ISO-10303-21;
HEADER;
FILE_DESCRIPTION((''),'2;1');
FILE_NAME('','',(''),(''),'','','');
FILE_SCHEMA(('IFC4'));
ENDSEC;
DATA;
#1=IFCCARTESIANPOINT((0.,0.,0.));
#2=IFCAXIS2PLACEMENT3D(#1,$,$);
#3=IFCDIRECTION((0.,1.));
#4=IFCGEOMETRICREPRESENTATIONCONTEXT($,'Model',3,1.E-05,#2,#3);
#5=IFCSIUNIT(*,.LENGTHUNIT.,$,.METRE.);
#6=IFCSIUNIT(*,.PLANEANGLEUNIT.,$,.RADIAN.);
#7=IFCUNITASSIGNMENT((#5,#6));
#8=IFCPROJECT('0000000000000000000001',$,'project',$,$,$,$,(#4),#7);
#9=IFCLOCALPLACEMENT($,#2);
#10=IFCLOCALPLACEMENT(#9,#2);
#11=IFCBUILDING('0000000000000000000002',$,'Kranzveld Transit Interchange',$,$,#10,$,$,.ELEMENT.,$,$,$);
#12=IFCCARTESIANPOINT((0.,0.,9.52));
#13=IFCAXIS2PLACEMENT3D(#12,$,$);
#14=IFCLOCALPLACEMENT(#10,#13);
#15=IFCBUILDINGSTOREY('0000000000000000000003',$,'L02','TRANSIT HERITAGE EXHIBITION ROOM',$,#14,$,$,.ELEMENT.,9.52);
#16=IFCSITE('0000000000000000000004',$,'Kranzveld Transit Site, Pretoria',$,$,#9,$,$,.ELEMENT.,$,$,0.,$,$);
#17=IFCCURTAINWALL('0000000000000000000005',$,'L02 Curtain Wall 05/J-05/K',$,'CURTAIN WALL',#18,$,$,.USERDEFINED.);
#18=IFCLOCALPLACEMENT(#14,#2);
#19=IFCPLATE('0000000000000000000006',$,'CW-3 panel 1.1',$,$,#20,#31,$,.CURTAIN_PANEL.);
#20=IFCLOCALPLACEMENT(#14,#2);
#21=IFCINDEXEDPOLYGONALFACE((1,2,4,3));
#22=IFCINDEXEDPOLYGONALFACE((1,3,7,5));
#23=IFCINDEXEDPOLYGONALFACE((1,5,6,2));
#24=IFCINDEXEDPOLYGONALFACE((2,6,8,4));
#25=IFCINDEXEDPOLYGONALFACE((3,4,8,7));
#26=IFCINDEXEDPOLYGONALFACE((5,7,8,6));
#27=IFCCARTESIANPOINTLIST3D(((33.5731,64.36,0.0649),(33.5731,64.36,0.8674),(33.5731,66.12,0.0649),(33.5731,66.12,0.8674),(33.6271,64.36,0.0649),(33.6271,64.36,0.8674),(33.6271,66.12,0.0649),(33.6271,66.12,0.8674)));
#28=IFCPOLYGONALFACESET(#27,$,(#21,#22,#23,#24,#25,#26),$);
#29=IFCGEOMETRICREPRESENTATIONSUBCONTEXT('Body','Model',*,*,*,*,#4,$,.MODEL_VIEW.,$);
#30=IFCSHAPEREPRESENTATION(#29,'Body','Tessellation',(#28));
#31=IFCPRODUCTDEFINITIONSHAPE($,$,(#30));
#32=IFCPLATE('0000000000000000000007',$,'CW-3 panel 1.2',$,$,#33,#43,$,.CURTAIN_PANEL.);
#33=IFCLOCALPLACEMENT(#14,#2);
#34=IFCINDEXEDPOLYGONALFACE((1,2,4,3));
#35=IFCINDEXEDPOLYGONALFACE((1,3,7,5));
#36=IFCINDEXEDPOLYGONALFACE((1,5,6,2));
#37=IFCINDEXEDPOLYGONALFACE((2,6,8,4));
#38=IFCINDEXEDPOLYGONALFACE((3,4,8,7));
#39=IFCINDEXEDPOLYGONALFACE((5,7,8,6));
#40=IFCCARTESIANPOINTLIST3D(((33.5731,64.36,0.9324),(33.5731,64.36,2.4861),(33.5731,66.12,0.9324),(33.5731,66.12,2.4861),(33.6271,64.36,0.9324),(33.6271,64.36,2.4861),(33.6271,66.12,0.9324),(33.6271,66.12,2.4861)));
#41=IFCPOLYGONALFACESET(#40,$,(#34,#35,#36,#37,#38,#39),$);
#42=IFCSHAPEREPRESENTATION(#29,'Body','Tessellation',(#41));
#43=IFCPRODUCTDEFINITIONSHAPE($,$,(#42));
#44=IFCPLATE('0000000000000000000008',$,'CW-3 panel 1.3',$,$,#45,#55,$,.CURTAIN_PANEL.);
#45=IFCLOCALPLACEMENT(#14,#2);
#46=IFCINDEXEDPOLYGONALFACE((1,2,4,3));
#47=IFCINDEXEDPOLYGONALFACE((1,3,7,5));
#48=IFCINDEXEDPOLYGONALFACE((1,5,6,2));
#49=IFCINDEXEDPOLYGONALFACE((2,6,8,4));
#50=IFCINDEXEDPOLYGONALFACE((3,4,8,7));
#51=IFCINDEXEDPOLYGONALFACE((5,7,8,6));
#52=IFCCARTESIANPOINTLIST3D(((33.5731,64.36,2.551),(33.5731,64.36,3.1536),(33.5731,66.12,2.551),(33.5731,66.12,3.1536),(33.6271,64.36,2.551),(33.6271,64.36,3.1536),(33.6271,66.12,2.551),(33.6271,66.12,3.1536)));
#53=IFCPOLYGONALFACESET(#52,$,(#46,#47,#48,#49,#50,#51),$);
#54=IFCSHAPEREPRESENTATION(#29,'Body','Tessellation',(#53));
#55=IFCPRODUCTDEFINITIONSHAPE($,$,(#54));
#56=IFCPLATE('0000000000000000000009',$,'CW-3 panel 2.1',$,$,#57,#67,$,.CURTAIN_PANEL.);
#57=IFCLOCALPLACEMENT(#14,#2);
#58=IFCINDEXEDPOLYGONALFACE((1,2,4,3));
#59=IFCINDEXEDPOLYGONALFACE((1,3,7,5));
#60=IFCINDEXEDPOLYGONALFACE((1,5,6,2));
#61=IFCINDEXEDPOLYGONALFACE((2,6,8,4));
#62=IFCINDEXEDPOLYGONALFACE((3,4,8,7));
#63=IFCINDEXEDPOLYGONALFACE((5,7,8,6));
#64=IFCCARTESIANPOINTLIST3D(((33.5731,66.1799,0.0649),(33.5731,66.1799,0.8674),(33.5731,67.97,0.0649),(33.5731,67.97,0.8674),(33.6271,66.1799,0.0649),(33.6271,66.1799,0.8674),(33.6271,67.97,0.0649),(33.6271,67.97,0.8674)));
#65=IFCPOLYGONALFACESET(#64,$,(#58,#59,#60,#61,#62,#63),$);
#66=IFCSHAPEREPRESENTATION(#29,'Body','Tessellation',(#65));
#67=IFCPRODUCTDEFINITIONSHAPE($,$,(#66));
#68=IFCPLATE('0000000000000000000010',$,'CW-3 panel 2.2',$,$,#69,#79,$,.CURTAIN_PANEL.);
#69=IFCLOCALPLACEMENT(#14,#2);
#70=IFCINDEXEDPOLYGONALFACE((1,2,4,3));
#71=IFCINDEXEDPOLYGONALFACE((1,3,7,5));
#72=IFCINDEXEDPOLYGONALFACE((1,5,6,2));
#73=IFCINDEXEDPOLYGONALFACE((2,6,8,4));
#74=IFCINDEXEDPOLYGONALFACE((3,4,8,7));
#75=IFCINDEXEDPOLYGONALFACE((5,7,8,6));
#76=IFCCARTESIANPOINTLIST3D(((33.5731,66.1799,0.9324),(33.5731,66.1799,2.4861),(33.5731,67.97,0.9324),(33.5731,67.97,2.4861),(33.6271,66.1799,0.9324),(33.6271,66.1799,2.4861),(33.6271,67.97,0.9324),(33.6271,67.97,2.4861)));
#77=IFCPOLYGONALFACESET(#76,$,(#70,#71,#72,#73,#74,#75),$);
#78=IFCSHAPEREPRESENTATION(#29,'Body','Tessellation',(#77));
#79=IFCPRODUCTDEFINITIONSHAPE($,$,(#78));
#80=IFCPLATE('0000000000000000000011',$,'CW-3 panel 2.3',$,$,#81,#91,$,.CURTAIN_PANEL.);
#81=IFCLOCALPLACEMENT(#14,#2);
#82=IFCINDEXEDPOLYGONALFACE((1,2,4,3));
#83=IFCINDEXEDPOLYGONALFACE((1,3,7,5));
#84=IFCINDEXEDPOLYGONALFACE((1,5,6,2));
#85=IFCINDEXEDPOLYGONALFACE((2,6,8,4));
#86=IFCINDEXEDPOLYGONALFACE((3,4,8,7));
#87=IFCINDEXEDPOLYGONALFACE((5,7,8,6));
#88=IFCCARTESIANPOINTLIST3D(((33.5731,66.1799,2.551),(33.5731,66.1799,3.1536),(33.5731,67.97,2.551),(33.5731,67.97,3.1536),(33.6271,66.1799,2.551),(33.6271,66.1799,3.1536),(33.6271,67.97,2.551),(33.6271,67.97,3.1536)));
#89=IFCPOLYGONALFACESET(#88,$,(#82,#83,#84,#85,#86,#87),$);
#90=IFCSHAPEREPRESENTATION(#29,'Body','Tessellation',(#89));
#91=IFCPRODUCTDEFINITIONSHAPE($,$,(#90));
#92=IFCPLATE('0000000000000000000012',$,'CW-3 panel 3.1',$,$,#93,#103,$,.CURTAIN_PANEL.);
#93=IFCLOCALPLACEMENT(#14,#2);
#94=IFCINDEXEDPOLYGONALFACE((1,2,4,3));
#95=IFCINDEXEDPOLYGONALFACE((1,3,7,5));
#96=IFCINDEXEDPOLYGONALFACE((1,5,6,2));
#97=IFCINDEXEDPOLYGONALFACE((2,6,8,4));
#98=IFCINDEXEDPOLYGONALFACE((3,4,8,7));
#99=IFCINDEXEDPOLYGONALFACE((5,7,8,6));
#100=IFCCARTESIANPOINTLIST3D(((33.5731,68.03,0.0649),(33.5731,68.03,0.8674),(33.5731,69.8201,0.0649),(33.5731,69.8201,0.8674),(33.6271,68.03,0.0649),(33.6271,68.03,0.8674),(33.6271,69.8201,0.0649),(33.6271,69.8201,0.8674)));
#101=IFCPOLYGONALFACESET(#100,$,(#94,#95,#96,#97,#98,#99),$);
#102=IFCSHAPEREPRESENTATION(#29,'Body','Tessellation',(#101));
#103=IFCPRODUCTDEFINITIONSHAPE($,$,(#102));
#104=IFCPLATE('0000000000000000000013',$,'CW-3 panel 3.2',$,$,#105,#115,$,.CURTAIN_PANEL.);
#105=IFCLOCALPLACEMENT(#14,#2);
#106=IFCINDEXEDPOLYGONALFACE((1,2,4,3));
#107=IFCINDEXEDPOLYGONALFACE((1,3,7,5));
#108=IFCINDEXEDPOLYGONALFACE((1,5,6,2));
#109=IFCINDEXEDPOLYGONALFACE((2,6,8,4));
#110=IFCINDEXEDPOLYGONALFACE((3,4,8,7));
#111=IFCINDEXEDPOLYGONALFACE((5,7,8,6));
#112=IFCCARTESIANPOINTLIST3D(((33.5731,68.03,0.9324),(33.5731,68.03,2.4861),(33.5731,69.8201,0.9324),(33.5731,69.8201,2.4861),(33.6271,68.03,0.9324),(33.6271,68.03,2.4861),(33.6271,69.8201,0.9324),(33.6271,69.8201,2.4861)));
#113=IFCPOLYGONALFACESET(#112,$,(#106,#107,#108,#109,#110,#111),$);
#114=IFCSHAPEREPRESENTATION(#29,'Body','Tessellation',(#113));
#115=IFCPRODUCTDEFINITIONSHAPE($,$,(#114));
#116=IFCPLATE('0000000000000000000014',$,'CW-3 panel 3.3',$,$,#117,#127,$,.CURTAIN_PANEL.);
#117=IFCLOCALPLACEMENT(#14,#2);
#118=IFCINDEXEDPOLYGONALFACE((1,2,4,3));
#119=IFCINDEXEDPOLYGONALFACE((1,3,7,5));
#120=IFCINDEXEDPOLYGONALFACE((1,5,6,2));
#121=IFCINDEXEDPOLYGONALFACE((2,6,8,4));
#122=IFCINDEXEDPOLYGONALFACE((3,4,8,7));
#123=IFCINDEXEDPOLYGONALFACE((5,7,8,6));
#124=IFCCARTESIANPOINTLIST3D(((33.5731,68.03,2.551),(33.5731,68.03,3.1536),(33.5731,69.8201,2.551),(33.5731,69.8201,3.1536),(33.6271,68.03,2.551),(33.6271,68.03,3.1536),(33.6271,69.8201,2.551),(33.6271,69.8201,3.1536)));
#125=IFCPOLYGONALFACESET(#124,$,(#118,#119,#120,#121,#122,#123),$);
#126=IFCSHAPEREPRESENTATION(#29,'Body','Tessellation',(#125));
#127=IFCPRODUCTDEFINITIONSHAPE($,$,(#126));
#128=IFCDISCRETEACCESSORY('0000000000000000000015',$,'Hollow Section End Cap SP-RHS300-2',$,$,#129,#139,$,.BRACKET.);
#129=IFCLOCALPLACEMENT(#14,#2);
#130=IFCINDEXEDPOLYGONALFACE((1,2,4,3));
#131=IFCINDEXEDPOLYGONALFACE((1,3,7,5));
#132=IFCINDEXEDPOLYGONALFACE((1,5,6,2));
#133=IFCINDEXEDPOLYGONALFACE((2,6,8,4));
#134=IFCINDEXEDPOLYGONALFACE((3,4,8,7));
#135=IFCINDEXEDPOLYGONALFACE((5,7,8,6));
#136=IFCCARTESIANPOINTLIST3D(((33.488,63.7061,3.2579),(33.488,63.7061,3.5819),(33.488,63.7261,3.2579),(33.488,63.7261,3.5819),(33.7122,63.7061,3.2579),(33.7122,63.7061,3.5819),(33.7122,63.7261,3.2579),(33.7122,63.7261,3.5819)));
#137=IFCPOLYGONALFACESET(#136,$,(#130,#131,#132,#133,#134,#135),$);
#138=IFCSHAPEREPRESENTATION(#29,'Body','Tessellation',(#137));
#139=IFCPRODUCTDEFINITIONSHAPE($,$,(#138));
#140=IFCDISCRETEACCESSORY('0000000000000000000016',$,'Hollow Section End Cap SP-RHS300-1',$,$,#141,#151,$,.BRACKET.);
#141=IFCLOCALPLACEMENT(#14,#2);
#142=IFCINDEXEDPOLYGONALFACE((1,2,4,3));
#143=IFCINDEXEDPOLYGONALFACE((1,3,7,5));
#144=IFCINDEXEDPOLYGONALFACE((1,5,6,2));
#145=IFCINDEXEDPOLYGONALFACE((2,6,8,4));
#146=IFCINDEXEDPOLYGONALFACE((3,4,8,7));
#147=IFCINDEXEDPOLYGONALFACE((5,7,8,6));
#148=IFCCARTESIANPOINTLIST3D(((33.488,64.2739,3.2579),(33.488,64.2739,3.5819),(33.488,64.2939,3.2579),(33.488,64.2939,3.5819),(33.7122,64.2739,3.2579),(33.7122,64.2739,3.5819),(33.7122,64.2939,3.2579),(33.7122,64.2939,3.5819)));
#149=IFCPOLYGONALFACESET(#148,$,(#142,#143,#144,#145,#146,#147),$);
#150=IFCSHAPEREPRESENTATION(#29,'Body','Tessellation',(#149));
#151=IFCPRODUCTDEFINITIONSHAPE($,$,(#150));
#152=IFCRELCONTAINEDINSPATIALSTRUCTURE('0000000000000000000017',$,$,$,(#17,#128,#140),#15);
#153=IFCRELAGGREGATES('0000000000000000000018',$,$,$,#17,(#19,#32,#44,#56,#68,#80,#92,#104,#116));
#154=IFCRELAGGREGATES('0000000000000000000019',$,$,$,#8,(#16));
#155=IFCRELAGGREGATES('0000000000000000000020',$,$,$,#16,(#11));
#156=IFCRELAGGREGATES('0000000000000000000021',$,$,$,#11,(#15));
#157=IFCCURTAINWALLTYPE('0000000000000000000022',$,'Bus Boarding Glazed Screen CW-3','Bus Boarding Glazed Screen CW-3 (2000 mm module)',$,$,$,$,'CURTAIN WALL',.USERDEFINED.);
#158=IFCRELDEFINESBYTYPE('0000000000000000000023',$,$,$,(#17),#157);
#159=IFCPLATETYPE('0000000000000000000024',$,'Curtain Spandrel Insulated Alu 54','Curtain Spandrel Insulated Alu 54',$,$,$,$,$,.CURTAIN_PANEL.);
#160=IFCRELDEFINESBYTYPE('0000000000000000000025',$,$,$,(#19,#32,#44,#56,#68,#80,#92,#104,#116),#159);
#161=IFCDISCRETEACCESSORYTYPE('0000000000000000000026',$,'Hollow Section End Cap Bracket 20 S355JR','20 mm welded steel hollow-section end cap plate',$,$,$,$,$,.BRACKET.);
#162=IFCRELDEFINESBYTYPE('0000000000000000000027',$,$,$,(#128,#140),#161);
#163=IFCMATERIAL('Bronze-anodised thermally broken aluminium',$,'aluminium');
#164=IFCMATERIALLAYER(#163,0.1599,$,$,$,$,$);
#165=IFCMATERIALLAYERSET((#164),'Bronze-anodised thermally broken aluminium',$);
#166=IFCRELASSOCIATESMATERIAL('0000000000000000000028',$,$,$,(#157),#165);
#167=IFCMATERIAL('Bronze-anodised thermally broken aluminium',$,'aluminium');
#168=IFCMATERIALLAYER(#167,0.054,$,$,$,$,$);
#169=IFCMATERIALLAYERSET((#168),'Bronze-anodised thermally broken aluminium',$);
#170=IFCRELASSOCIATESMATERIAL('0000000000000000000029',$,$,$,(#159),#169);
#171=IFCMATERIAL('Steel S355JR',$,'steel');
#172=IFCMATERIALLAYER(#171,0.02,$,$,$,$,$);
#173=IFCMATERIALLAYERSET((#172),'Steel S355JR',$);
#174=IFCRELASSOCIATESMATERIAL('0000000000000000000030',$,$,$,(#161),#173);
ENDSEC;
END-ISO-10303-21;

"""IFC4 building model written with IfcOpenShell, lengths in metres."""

from ifc_helpers import new_model, si_unit, direction, frame, origin, origin_2d, place, context, subcontext, project, spatial, rectangle, extrude, material, layer, layer_set, type_object, element, aggregate, save


model = new_model("IFC4")

# Units and contexts
model_context = context("Model", 3, precision=1e-05, world=origin(), true_north=direction((0.0, 1.0)))
body_context = subcontext(model_context, "Body", "Model", "MODEL_VIEW")
ifc_project = project(units=[si_unit("LENGTHUNIT", "METRE"), si_unit("PLANEANGLEUNIT", "RADIAN")], contexts=[model_context])

# Site, building, storey
site_placement = place(None, origin())
site = spatial("IfcSite", under=ifc_project, at=site_placement, Name="Kranzveld Transit Site, Pretoria", CompositionType="ELEMENT", RefElevation=0.0)
building_placement = place(site_placement, origin())
building = spatial("IfcBuilding", under=site, at=building_placement, Name="Kranzveld Transit Interchange", CompositionType="ELEMENT")
storey_placement = place(building_placement, frame((0.0, 0.0, 9.52)))
storey = spatial("IfcBuildingStorey", under=building, at=storey_placement, Name="L02", Description="TRANSIT HERITAGE EXHIBITION ROOM", CompositionType="ELEMENT", Elevation=9.52)

# Curtain wall
ifc_material_1 = material(Name="Bronze-anodised thermally broken aluminium", Category="aluminium")
ifc_layer_1 = layer(ifc_material_1, 0.1599)
ifc_layer_set_1 = layer_set([ifc_layer_1], Name="Bronze-anodised thermally broken aluminium")
curtain_wall_type_1 = type_object("IfcCurtainWallType", Name="Bus Boarding Glazed Screen CW-3", Description="Bus Boarding Glazed Screen CW-3 (2000 mm module)", ElementType="CURTAIN WALL", PredefinedType="USERDEFINED", material=ifc_layer_set_1)
curtain_wall_1_placement = place(storey_placement, origin())
curtain_wall_1 = element("IfcCurtainWall", 1, at=curtain_wall_1_placement, inside=storey, type_object=curtain_wall_type_1, Name="L02 Curtain Wall 05/J-05/K", ObjectType="CURTAIN WALL", PredefinedType="USERDEFINED")

# Plates
ifc_material_2 = material(Name="Bronze-anodised thermally broken aluminium", Category="aluminium")
ifc_layer_2 = layer(ifc_material_2, 0.054)
ifc_layer_set_2 = layer_set([ifc_layer_2], Name="Bronze-anodised thermally broken aluminium")
plate_type_1 = type_object("IfcPlateType", Name="Curtain Spandrel Insulated Alu 54", Description="Curtain Spandrel Insulated Alu 54", PredefinedType="CURTAIN_PANEL", material=ifc_layer_set_2)
plate_1_placement = place(storey_placement, frame((33.6001, 65.24, 0.0649), z_axis=(0.0, 0.0, 1.0), x_axis=(0.0, 1.0, 0.0)))
plate_1 = element("IfcPlate", 2, at=plate_1_placement, type_object=plate_type_1, Name="CW-3 panel 1.1", PredefinedType="CURTAIN_PANEL", context=body_context, shape_type="SweptSolid", body=[
    extrude(rectangle(XDim=1.76, YDim=0.054, at=origin_2d()), origin(), (0.0, 0.0, 1.0), 0.8025),
])
plate_2_placement = place(storey_placement, frame((33.6001, 65.24, 0.9324), z_axis=(0.0, 0.0, 1.0), x_axis=(0.0, 1.0, 0.0)))
plate_2 = element("IfcPlate", 3, at=plate_2_placement, type_object=plate_type_1, Name="CW-3 panel 1.2", PredefinedType="CURTAIN_PANEL", context=body_context, shape_type="SweptSolid", body=[
    extrude(rectangle(XDim=1.76, YDim=0.054, at=origin_2d()), origin(), (0.0, 0.0, 1.0), 1.5537),
])
plate_3_placement = place(storey_placement, frame((33.6001, 65.24, 2.551), z_axis=(0.0, 0.0, 1.0), x_axis=(0.0, 1.0, 0.0)))
plate_3 = element("IfcPlate", 4, at=plate_3_placement, type_object=plate_type_1, Name="CW-3 panel 1.3", PredefinedType="CURTAIN_PANEL", context=body_context, shape_type="SweptSolid", body=[
    extrude(rectangle(XDim=1.76, YDim=0.054, at=origin_2d()), origin(), (0.0, 0.0, 1.0), 0.6025),
])
plate_4_placement = place(storey_placement, frame((33.6001, 67.075, 0.0649), z_axis=(0.0, 0.0, 1.0), x_axis=(0.0, 1.0, 0.0)))
plate_4 = element("IfcPlate", 5, at=plate_4_placement, type_object=plate_type_1, Name="CW-3 panel 2.1", PredefinedType="CURTAIN_PANEL", context=body_context, shape_type="SweptSolid", body=[
    extrude(rectangle(XDim=1.79, YDim=0.054, at=origin_2d()), origin(), (0.0, 0.0, 1.0), 0.8025),
])
plate_5_placement = place(storey_placement, frame((33.6001, 67.075, 0.9324), z_axis=(0.0, 0.0, 1.0), x_axis=(0.0, 1.0, 0.0)))
plate_5 = element("IfcPlate", 6, at=plate_5_placement, type_object=plate_type_1, Name="CW-3 panel 2.2", PredefinedType="CURTAIN_PANEL", context=body_context, shape_type="SweptSolid", body=[
    extrude(rectangle(XDim=1.79, YDim=0.054, at=origin_2d()), origin(), (0.0, 0.0, 1.0), 1.5537),
])
plate_6_placement = place(storey_placement, frame((33.6001, 67.075, 2.551), z_axis=(0.0, 0.0, 1.0), x_axis=(0.0, 1.0, 0.0)))
plate_6 = element("IfcPlate", 7, at=plate_6_placement, type_object=plate_type_1, Name="CW-3 panel 2.3", PredefinedType="CURTAIN_PANEL", context=body_context, shape_type="SweptSolid", body=[
    extrude(rectangle(XDim=1.79, YDim=0.054, at=origin_2d()), origin(), (0.0, 0.0, 1.0), 0.6025),
])
plate_7_placement = place(storey_placement, frame((33.6001, 68.925, 0.0649), z_axis=(0.0, 0.0, 1.0), x_axis=(0.0, 1.0, 0.0)))
plate_7 = element("IfcPlate", 8, at=plate_7_placement, type_object=plate_type_1, Name="CW-3 panel 3.1", PredefinedType="CURTAIN_PANEL", context=body_context, shape_type="SweptSolid", body=[
    extrude(rectangle(XDim=1.79, YDim=0.054, at=origin_2d()), origin(), (0.0, 0.0, 1.0), 0.8025),
])
plate_8_placement = place(storey_placement, frame((33.6001, 68.925, 0.9324), z_axis=(0.0, 0.0, 1.0), x_axis=(0.0, 1.0, 0.0)))
plate_8 = element("IfcPlate", 9, at=plate_8_placement, type_object=plate_type_1, Name="CW-3 panel 3.2", PredefinedType="CURTAIN_PANEL", context=body_context, shape_type="SweptSolid", body=[
    extrude(rectangle(XDim=1.79, YDim=0.054, at=origin_2d()), origin(), (0.0, 0.0, 1.0), 1.5537),
])
plate_9_placement = place(storey_placement, frame((33.6001, 68.925, 2.551), z_axis=(0.0, 0.0, 1.0), x_axis=(0.0, 1.0, 0.0)))
plate_9 = element("IfcPlate", 10, at=plate_9_placement, type_object=plate_type_1, Name="CW-3 panel 3.3", PredefinedType="CURTAIN_PANEL", context=body_context, shape_type="SweptSolid", body=[
    extrude(rectangle(XDim=1.79, YDim=0.054, at=origin_2d()), origin(), (0.0, 0.0, 1.0), 0.6025),
])
aggregate(curtain_wall_1, [plate_1, plate_2, plate_3, plate_4, plate_5, plate_6, plate_7, plate_8, plate_9])

# Discrete accessories
ifc_material_3 = material(Name="Steel S355JR", Category="steel")
ifc_layer_3 = layer(ifc_material_3, 0.02)
ifc_layer_set_3 = layer_set([ifc_layer_3], Name="Steel S355JR")
discrete_accessory_type = type_object("IfcDiscreteAccessoryType", Name="Hollow Section End Cap Bracket 20 S355JR", Description="20 mm welded steel hollow-section end cap plate", PredefinedType="BRACKET", material=ifc_layer_set_3)
for number, where, z_axis, x_axis, name in (
    (11, (33.6001, 63.7061, 3.4199), (0.0, 1.0, 0.0), (-1.0, 0.0, 0.0), "Hollow Section End Cap SP-RHS300-2"),
    (12, (33.6001, 64.2939, 3.4199), (0.0, -1.0, 0.0), (1.0, 0.0, 0.0), "Hollow Section End Cap SP-RHS300-1"),
):
    element("IfcDiscreteAccessory", number, at=place(storey_placement, frame(where, z_axis=z_axis, x_axis=x_axis)), inside=storey, type_object=discrete_accessory_type, Name=name, PredefinedType="BRACKET", context=body_context, shape_type="SweptSolid", body=[
        extrude(rectangle(XDim=0.2241, YDim=0.324, at=origin_2d()), origin(), (0.0, 0.0, 1.0), 0.02),
    ])

save(model, "model.ifc")
